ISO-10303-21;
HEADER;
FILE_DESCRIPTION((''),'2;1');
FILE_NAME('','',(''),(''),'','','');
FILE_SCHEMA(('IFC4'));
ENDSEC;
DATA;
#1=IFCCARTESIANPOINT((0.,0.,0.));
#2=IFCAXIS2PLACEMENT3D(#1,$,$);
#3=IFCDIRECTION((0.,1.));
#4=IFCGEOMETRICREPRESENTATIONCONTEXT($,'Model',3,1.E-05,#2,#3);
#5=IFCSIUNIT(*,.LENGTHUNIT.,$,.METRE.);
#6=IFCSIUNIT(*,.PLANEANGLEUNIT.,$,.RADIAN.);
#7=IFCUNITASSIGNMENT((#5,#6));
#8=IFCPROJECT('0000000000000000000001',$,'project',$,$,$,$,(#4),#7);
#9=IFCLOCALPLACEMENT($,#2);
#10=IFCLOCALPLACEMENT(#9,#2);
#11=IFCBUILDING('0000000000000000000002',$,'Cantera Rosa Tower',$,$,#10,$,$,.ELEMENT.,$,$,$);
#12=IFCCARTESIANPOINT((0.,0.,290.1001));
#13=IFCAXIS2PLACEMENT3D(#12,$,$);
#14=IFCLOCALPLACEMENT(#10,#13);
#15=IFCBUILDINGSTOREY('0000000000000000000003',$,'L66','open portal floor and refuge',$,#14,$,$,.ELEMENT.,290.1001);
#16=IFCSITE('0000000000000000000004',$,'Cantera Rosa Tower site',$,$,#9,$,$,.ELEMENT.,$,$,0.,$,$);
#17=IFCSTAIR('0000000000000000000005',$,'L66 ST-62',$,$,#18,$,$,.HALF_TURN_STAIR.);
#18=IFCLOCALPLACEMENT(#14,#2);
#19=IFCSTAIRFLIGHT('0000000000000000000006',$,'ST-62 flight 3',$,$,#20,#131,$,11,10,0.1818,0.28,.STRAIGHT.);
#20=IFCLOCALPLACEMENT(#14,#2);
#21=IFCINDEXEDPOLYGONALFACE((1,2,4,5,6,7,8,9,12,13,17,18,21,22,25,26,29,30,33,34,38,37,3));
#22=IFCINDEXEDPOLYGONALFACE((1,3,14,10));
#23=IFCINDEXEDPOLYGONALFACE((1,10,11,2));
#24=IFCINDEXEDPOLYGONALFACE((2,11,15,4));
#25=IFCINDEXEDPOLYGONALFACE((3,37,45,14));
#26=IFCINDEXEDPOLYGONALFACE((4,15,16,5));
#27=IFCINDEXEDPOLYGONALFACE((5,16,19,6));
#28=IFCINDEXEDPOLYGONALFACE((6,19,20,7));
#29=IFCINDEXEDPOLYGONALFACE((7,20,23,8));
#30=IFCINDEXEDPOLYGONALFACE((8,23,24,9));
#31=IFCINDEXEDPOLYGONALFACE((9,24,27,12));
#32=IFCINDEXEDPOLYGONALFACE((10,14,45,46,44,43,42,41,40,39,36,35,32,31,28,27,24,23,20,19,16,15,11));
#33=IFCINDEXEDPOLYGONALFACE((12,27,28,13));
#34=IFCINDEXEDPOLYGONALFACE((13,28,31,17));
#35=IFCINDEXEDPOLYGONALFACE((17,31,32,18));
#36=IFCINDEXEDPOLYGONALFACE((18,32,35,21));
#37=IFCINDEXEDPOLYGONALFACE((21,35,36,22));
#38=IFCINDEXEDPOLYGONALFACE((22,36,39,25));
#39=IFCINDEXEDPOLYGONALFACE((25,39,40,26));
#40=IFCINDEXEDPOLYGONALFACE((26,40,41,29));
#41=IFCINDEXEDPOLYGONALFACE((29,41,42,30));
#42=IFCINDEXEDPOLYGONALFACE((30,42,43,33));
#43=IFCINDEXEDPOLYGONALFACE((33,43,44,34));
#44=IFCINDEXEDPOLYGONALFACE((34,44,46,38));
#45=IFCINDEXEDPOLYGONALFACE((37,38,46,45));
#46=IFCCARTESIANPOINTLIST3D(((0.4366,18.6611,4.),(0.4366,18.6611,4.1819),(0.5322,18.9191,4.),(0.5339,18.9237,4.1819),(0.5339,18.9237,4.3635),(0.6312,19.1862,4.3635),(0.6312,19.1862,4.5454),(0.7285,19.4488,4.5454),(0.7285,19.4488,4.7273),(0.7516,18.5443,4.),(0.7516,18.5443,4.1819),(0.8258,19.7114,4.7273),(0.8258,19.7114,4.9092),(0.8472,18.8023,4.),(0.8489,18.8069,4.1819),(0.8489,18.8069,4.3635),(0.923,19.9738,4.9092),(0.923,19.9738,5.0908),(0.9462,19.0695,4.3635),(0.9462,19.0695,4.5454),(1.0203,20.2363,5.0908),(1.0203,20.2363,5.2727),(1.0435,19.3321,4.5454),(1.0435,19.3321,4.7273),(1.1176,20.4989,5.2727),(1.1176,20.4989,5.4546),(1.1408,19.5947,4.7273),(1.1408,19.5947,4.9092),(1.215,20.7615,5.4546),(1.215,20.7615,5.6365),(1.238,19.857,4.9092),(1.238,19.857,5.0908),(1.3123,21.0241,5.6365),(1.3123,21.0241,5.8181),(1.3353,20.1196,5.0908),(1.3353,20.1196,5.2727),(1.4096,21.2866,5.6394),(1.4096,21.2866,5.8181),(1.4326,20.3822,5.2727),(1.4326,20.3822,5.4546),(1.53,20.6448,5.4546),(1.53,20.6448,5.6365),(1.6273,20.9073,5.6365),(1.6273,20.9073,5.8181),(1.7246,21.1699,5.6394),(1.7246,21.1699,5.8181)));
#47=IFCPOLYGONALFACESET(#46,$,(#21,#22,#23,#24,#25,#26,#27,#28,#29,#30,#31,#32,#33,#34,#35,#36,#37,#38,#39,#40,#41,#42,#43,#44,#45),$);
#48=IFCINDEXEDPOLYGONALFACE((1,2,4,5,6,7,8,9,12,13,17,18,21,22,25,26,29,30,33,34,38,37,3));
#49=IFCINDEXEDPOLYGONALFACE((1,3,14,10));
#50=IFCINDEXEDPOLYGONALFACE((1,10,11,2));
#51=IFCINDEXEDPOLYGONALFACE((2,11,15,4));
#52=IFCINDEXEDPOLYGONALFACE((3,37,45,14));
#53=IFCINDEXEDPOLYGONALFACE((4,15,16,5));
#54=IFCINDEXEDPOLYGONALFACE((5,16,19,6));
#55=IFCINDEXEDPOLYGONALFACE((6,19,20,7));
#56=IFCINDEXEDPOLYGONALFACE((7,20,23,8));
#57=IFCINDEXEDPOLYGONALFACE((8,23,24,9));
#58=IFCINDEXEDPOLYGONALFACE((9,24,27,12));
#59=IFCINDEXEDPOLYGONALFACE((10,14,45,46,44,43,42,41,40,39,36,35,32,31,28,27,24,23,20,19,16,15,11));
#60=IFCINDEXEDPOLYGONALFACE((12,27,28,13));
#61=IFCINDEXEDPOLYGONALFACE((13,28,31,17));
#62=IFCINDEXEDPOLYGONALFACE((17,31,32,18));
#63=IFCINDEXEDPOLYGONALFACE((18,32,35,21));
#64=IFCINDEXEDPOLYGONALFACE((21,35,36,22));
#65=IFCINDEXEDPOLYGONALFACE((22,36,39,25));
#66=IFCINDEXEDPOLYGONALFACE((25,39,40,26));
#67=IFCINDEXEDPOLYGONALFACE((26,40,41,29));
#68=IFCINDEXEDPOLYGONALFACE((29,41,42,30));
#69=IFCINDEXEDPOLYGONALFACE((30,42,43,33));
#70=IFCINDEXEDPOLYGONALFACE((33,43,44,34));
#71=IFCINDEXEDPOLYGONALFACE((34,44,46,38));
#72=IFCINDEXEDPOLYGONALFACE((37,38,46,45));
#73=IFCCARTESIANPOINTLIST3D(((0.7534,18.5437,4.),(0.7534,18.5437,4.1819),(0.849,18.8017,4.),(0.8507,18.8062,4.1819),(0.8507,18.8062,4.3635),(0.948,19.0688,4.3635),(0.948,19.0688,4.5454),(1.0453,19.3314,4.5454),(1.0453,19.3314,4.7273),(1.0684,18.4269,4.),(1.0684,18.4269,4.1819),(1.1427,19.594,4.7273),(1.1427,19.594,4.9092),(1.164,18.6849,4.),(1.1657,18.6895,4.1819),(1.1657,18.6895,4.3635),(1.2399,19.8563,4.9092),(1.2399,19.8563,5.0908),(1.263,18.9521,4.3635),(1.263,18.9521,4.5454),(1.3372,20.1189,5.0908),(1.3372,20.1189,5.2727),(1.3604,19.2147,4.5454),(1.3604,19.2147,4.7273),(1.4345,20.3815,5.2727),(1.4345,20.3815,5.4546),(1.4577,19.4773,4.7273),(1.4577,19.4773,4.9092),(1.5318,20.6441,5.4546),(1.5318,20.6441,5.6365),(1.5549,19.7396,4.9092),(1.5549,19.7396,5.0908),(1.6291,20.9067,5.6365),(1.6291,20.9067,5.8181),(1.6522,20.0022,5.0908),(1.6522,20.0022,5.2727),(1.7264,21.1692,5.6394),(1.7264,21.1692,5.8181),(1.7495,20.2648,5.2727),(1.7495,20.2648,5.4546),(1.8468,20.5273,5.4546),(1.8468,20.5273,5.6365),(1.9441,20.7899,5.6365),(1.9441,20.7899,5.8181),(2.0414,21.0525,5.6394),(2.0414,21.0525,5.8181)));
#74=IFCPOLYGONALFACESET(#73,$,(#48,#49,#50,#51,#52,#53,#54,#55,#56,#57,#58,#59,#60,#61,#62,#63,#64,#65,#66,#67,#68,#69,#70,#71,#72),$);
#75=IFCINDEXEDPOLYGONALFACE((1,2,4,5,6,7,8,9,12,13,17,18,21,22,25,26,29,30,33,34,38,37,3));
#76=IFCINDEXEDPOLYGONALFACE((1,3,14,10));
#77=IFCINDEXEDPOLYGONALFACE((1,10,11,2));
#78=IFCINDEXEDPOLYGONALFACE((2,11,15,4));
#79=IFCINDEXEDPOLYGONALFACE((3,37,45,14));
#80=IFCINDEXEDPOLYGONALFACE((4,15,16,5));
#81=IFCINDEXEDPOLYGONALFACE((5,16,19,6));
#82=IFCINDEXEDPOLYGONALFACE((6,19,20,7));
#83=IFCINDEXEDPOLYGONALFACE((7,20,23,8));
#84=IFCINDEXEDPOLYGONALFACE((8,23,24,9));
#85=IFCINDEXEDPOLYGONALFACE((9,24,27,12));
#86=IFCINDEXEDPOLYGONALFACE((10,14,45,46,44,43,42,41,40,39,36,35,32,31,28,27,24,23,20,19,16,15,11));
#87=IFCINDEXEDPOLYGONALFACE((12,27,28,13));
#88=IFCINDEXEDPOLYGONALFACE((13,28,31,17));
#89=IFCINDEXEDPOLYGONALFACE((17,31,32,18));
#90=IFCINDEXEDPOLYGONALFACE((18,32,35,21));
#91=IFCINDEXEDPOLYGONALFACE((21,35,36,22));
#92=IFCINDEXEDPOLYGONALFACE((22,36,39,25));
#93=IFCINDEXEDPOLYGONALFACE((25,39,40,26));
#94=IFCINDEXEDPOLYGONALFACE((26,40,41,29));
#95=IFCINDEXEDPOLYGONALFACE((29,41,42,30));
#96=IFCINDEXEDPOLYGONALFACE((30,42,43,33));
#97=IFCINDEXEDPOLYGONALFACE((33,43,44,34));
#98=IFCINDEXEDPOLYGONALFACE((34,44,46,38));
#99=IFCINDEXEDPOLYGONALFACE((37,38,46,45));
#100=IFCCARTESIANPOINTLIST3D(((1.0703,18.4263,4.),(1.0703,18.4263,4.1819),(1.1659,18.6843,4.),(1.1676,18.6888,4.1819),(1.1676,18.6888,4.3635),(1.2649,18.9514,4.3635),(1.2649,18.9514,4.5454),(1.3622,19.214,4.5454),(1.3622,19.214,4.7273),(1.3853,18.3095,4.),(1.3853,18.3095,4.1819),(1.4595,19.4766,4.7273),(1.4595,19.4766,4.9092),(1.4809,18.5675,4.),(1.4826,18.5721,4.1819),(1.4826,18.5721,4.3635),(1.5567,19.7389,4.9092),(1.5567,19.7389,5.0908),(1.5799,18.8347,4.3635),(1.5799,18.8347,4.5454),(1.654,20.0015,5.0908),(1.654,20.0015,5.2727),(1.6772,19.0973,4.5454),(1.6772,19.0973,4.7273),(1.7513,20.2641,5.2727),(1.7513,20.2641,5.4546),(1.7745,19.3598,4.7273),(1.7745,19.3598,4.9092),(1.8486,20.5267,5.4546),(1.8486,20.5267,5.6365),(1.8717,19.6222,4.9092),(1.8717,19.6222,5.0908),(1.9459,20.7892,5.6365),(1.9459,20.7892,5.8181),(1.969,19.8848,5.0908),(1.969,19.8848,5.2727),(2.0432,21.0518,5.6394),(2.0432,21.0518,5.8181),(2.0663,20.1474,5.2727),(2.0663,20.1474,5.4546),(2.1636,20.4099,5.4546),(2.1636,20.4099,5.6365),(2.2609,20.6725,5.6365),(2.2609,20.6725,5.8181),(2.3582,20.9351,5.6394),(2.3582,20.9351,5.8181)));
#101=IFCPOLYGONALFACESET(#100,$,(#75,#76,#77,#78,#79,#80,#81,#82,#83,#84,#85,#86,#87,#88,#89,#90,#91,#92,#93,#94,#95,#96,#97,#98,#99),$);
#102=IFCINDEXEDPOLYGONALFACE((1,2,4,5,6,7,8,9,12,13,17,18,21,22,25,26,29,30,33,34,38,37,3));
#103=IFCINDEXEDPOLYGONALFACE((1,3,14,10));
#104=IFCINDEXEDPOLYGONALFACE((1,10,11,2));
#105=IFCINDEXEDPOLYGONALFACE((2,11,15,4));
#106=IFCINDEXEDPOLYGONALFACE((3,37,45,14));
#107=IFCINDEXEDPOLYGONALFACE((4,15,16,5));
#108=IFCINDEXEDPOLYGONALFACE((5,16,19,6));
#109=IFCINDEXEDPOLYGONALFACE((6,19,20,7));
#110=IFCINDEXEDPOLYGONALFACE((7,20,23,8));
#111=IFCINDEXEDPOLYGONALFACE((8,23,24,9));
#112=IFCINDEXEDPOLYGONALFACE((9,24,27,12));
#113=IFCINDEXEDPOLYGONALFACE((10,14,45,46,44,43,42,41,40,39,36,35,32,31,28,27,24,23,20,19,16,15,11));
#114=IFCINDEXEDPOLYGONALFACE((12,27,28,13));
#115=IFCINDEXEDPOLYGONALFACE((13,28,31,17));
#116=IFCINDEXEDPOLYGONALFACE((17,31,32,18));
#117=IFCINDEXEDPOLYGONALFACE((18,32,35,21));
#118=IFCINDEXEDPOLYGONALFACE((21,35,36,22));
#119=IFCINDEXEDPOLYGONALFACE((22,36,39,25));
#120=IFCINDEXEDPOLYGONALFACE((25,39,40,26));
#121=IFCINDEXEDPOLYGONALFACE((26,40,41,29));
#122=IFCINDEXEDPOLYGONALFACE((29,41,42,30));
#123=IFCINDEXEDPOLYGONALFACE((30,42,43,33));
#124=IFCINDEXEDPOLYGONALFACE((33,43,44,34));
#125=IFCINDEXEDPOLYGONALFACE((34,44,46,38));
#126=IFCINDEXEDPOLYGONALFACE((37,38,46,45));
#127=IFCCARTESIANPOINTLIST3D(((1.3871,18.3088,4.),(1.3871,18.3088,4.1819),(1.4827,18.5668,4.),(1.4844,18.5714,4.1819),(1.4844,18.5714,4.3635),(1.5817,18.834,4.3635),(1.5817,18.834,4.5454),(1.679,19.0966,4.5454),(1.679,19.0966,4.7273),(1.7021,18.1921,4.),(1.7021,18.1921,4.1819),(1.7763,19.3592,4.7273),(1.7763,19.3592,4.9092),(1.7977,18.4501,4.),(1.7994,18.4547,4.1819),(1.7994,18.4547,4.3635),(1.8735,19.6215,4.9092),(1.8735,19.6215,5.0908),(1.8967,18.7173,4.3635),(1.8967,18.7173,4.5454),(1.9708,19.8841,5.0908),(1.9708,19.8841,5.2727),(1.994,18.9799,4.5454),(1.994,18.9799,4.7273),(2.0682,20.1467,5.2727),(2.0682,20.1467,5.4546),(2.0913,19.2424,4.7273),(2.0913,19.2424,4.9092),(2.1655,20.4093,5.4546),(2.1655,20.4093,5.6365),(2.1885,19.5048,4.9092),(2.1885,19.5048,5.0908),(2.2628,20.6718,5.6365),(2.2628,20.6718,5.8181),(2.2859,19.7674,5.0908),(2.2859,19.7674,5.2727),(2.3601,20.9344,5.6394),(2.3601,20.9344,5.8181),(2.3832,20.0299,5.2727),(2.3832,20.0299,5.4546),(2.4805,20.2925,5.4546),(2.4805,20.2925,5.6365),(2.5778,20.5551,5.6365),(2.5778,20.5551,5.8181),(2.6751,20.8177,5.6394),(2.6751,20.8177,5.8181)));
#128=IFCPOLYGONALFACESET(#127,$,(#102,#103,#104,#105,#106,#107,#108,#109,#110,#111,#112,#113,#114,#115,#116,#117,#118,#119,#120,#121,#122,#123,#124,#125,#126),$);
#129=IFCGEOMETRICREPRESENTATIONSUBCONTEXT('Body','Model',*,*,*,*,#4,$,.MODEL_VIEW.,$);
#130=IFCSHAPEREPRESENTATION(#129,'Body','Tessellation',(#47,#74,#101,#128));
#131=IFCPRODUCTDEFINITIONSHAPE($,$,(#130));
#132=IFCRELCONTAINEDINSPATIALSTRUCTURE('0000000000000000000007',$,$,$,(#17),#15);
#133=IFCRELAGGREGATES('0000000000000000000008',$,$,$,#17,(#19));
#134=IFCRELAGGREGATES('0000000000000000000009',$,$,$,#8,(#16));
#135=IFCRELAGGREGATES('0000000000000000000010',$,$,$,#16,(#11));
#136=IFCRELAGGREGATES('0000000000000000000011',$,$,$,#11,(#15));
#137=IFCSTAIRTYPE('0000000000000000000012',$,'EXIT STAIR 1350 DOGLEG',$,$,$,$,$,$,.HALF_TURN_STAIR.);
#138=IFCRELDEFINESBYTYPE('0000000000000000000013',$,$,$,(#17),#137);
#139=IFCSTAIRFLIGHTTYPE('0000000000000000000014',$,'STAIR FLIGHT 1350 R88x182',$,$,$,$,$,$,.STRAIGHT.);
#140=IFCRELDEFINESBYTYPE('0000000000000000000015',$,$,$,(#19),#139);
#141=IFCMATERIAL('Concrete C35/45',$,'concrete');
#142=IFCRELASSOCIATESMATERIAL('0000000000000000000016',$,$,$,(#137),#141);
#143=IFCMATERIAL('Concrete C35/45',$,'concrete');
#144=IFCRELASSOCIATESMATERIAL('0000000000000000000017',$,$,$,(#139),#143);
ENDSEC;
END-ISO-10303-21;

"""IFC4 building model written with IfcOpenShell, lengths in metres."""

from ifc_helpers import new_model, si_unit, direction, frame, origin, place, context, subcontext, project, spatial, polyline, outline, extrude, material, type_object, element, aggregate, save


model = new_model("IFC4")

# Units and contexts
model_context = context("Model", 3, precision=1e-05, world=origin(), true_north=direction((0.0, 1.0)))
body_context = subcontext(model_context, "Body", "Model", "MODEL_VIEW")
ifc_project = project(units=[si_unit("LENGTHUNIT", "METRE"), si_unit("PLANEANGLEUNIT", "RADIAN")], contexts=[model_context])

# Site, building, storey
site_placement = place(None, origin())
site = spatial("IfcSite", under=ifc_project, at=site_placement, Name="Cantera Rosa Tower site", CompositionType="ELEMENT", RefElevation=0.0)
building_placement = place(site_placement, origin())
building = spatial("IfcBuilding", under=site, at=building_placement, Name="Cantera Rosa Tower", CompositionType="ELEMENT")
storey_placement = place(building_placement, frame((0.0, 0.0, 290.1001)))
storey = spatial("IfcBuildingStorey", under=building, at=storey_placement, Name="L66", Description="open portal floor and refuge", CompositionType="ELEMENT", Elevation=290.1001)

# Stair, stair flight
ifc_material_1 = material(Name="Concrete C35/45", Category="concrete")
stair_type = type_object("IfcStairType", Name="EXIT STAIR 1350 DOGLEG", PredefinedType="HALF_TURN_STAIR", material=ifc_material_1)
stair_placement = place(storey_placement, origin())
stair = element("IfcStair", 1, at=stair_placement, inside=storey, type_object=stair_type, Name="L66 ST-62", PredefinedType="HALF_TURN_STAIR")
ifc_material_2 = material(Name="Concrete C35/45", Category="concrete")
stair_flight_type = type_object("IfcStairFlightType", Name="STAIR FLIGHT 1350 R88x182", PredefinedType="STRAIGHT", material=ifc_material_2)
stair_flight_1_placement = place(storey_placement, frame((1.0696, 18.4265, 4.0), z_axis=(0.0, 0.0, 1.0), x_axis=(0.347481, 0.937687, 0.0)))
stair_flight_1 = element("IfcStairFlight", 2, at=stair_flight_1_placement, type_object=stair_flight_type, Name="ST-62 flight 3", NumberOfRisers=11, NumberOfTreads=10, PredefinedType="STRAIGHT", RiserHeight=0.1818, TreadLength=0.28, context=body_context, shape_type="SweptSolid", body=[
    extrude(outline(polyline([(0.0, 0.0), (0.0, 0.1819), (0.28, 0.1819), (0.28, 0.3635), (0.5601, 0.3635), (0.5601, 0.5454), (0.8401, 0.5454), (0.8401, 0.7273), (1.1201, 0.7273), (1.1201, 0.9092), (1.3999, 0.9092), (1.3999, 1.0908), (1.6799, 1.0908), (1.6799, 1.2727), (1.96, 1.2727), (1.96, 1.4546), (2.24, 1.4546), (2.24, 1.6365), (2.52, 1.6365), (2.52, 1.8181), (2.8, 1.8181), (2.8, 2.0), (2.8, 1.6394), (0.2751, 0.0), (0.0, 0.0)])), frame((0.0, 0.675, 0.0), z_axis=(0.0, -1.0, 0.0), x_axis=(1.0, 0.0, 0.0)), (0.0, 0.0, 1.0), 0.3359),
    extrude(outline(polyline([(0.0, 0.0), (0.0, 0.1819), (0.28, 0.1819), (0.28, 0.3635), (0.5601, 0.3635), (0.5601, 0.5454), (0.8401, 0.5454), (0.8401, 0.7273), (1.1201, 0.7273), (1.1201, 0.9092), (1.3999, 0.9092), (1.3999, 1.0908), (1.6799, 1.0908), (1.6799, 1.2727), (1.96, 1.2727), (1.96, 1.4546), (2.24, 1.4546), (2.24, 1.6365), (2.52, 1.6365), (2.52, 1.8181), (2.8, 1.8181), (2.8, 2.0), (2.8, 1.6394), (0.2751, 0.0), (0.0, 0.0)])), frame((0.0, 0.3372, 0.0), z_axis=(0.0, -1.0, 0.0), x_axis=(1.0, 0.0, 0.0)), (0.0, 0.0, 1.0), 0.3359),
    extrude(outline(polyline([(0.0, 0.0), (0.0, 0.1819), (0.28, 0.1819), (0.28, 0.3635), (0.5601, 0.3635), (0.5601, 0.5454), (0.8401, 0.5454), (0.8401, 0.7273), (1.1201, 0.7273), (1.1201, 0.9092), (1.3999, 0.9092), (1.3999, 1.0908), (1.6799, 1.0908), (1.6799, 1.2727), (1.96, 1.2727), (1.96, 1.4546), (2.24, 1.4546), (2.24, 1.6365), (2.52, 1.6365), (2.52, 1.8181), (2.8, 1.8181), (2.8, 2.0), (2.8, 1.6394), (0.2751, 0.0), (0.0, 0.0)])), frame((0.0, -0.0007, 0.0), z_axis=(0.0, -1.0, 0.0), x_axis=(1.0, 0.0, 0.0)), (0.0, 0.0, 1.0), 0.3359),
    extrude(outline(polyline([(0.0, 0.0), (0.0, 0.1819), (0.28, 0.1819), (0.28, 0.3635), (0.5601, 0.3635), (0.5601, 0.5454), (0.8401, 0.5454), (0.8401, 0.7273), (1.1201, 0.7273), (1.1201, 0.9092), (1.3999, 0.9092), (1.3999, 1.0908), (1.6799, 1.0908), (1.6799, 1.2727), (1.96, 1.2727), (1.96, 1.4546), (2.24, 1.4546), (2.24, 1.6365), (2.52, 1.6365), (2.52, 1.8181), (2.8, 1.8181), (2.8, 2.0), (2.8, 1.6394), (0.2751, 0.0), (0.0, 0.0)])), frame((0.0, -0.3386, 0.0), z_axis=(0.0, -1.0, 0.0), x_axis=(1.0, 0.0, 0.0)), (0.0, 0.0, 1.0), 0.3359),
])
aggregate(stair, [stair_flight_1])

save(model, "model.ifc")
